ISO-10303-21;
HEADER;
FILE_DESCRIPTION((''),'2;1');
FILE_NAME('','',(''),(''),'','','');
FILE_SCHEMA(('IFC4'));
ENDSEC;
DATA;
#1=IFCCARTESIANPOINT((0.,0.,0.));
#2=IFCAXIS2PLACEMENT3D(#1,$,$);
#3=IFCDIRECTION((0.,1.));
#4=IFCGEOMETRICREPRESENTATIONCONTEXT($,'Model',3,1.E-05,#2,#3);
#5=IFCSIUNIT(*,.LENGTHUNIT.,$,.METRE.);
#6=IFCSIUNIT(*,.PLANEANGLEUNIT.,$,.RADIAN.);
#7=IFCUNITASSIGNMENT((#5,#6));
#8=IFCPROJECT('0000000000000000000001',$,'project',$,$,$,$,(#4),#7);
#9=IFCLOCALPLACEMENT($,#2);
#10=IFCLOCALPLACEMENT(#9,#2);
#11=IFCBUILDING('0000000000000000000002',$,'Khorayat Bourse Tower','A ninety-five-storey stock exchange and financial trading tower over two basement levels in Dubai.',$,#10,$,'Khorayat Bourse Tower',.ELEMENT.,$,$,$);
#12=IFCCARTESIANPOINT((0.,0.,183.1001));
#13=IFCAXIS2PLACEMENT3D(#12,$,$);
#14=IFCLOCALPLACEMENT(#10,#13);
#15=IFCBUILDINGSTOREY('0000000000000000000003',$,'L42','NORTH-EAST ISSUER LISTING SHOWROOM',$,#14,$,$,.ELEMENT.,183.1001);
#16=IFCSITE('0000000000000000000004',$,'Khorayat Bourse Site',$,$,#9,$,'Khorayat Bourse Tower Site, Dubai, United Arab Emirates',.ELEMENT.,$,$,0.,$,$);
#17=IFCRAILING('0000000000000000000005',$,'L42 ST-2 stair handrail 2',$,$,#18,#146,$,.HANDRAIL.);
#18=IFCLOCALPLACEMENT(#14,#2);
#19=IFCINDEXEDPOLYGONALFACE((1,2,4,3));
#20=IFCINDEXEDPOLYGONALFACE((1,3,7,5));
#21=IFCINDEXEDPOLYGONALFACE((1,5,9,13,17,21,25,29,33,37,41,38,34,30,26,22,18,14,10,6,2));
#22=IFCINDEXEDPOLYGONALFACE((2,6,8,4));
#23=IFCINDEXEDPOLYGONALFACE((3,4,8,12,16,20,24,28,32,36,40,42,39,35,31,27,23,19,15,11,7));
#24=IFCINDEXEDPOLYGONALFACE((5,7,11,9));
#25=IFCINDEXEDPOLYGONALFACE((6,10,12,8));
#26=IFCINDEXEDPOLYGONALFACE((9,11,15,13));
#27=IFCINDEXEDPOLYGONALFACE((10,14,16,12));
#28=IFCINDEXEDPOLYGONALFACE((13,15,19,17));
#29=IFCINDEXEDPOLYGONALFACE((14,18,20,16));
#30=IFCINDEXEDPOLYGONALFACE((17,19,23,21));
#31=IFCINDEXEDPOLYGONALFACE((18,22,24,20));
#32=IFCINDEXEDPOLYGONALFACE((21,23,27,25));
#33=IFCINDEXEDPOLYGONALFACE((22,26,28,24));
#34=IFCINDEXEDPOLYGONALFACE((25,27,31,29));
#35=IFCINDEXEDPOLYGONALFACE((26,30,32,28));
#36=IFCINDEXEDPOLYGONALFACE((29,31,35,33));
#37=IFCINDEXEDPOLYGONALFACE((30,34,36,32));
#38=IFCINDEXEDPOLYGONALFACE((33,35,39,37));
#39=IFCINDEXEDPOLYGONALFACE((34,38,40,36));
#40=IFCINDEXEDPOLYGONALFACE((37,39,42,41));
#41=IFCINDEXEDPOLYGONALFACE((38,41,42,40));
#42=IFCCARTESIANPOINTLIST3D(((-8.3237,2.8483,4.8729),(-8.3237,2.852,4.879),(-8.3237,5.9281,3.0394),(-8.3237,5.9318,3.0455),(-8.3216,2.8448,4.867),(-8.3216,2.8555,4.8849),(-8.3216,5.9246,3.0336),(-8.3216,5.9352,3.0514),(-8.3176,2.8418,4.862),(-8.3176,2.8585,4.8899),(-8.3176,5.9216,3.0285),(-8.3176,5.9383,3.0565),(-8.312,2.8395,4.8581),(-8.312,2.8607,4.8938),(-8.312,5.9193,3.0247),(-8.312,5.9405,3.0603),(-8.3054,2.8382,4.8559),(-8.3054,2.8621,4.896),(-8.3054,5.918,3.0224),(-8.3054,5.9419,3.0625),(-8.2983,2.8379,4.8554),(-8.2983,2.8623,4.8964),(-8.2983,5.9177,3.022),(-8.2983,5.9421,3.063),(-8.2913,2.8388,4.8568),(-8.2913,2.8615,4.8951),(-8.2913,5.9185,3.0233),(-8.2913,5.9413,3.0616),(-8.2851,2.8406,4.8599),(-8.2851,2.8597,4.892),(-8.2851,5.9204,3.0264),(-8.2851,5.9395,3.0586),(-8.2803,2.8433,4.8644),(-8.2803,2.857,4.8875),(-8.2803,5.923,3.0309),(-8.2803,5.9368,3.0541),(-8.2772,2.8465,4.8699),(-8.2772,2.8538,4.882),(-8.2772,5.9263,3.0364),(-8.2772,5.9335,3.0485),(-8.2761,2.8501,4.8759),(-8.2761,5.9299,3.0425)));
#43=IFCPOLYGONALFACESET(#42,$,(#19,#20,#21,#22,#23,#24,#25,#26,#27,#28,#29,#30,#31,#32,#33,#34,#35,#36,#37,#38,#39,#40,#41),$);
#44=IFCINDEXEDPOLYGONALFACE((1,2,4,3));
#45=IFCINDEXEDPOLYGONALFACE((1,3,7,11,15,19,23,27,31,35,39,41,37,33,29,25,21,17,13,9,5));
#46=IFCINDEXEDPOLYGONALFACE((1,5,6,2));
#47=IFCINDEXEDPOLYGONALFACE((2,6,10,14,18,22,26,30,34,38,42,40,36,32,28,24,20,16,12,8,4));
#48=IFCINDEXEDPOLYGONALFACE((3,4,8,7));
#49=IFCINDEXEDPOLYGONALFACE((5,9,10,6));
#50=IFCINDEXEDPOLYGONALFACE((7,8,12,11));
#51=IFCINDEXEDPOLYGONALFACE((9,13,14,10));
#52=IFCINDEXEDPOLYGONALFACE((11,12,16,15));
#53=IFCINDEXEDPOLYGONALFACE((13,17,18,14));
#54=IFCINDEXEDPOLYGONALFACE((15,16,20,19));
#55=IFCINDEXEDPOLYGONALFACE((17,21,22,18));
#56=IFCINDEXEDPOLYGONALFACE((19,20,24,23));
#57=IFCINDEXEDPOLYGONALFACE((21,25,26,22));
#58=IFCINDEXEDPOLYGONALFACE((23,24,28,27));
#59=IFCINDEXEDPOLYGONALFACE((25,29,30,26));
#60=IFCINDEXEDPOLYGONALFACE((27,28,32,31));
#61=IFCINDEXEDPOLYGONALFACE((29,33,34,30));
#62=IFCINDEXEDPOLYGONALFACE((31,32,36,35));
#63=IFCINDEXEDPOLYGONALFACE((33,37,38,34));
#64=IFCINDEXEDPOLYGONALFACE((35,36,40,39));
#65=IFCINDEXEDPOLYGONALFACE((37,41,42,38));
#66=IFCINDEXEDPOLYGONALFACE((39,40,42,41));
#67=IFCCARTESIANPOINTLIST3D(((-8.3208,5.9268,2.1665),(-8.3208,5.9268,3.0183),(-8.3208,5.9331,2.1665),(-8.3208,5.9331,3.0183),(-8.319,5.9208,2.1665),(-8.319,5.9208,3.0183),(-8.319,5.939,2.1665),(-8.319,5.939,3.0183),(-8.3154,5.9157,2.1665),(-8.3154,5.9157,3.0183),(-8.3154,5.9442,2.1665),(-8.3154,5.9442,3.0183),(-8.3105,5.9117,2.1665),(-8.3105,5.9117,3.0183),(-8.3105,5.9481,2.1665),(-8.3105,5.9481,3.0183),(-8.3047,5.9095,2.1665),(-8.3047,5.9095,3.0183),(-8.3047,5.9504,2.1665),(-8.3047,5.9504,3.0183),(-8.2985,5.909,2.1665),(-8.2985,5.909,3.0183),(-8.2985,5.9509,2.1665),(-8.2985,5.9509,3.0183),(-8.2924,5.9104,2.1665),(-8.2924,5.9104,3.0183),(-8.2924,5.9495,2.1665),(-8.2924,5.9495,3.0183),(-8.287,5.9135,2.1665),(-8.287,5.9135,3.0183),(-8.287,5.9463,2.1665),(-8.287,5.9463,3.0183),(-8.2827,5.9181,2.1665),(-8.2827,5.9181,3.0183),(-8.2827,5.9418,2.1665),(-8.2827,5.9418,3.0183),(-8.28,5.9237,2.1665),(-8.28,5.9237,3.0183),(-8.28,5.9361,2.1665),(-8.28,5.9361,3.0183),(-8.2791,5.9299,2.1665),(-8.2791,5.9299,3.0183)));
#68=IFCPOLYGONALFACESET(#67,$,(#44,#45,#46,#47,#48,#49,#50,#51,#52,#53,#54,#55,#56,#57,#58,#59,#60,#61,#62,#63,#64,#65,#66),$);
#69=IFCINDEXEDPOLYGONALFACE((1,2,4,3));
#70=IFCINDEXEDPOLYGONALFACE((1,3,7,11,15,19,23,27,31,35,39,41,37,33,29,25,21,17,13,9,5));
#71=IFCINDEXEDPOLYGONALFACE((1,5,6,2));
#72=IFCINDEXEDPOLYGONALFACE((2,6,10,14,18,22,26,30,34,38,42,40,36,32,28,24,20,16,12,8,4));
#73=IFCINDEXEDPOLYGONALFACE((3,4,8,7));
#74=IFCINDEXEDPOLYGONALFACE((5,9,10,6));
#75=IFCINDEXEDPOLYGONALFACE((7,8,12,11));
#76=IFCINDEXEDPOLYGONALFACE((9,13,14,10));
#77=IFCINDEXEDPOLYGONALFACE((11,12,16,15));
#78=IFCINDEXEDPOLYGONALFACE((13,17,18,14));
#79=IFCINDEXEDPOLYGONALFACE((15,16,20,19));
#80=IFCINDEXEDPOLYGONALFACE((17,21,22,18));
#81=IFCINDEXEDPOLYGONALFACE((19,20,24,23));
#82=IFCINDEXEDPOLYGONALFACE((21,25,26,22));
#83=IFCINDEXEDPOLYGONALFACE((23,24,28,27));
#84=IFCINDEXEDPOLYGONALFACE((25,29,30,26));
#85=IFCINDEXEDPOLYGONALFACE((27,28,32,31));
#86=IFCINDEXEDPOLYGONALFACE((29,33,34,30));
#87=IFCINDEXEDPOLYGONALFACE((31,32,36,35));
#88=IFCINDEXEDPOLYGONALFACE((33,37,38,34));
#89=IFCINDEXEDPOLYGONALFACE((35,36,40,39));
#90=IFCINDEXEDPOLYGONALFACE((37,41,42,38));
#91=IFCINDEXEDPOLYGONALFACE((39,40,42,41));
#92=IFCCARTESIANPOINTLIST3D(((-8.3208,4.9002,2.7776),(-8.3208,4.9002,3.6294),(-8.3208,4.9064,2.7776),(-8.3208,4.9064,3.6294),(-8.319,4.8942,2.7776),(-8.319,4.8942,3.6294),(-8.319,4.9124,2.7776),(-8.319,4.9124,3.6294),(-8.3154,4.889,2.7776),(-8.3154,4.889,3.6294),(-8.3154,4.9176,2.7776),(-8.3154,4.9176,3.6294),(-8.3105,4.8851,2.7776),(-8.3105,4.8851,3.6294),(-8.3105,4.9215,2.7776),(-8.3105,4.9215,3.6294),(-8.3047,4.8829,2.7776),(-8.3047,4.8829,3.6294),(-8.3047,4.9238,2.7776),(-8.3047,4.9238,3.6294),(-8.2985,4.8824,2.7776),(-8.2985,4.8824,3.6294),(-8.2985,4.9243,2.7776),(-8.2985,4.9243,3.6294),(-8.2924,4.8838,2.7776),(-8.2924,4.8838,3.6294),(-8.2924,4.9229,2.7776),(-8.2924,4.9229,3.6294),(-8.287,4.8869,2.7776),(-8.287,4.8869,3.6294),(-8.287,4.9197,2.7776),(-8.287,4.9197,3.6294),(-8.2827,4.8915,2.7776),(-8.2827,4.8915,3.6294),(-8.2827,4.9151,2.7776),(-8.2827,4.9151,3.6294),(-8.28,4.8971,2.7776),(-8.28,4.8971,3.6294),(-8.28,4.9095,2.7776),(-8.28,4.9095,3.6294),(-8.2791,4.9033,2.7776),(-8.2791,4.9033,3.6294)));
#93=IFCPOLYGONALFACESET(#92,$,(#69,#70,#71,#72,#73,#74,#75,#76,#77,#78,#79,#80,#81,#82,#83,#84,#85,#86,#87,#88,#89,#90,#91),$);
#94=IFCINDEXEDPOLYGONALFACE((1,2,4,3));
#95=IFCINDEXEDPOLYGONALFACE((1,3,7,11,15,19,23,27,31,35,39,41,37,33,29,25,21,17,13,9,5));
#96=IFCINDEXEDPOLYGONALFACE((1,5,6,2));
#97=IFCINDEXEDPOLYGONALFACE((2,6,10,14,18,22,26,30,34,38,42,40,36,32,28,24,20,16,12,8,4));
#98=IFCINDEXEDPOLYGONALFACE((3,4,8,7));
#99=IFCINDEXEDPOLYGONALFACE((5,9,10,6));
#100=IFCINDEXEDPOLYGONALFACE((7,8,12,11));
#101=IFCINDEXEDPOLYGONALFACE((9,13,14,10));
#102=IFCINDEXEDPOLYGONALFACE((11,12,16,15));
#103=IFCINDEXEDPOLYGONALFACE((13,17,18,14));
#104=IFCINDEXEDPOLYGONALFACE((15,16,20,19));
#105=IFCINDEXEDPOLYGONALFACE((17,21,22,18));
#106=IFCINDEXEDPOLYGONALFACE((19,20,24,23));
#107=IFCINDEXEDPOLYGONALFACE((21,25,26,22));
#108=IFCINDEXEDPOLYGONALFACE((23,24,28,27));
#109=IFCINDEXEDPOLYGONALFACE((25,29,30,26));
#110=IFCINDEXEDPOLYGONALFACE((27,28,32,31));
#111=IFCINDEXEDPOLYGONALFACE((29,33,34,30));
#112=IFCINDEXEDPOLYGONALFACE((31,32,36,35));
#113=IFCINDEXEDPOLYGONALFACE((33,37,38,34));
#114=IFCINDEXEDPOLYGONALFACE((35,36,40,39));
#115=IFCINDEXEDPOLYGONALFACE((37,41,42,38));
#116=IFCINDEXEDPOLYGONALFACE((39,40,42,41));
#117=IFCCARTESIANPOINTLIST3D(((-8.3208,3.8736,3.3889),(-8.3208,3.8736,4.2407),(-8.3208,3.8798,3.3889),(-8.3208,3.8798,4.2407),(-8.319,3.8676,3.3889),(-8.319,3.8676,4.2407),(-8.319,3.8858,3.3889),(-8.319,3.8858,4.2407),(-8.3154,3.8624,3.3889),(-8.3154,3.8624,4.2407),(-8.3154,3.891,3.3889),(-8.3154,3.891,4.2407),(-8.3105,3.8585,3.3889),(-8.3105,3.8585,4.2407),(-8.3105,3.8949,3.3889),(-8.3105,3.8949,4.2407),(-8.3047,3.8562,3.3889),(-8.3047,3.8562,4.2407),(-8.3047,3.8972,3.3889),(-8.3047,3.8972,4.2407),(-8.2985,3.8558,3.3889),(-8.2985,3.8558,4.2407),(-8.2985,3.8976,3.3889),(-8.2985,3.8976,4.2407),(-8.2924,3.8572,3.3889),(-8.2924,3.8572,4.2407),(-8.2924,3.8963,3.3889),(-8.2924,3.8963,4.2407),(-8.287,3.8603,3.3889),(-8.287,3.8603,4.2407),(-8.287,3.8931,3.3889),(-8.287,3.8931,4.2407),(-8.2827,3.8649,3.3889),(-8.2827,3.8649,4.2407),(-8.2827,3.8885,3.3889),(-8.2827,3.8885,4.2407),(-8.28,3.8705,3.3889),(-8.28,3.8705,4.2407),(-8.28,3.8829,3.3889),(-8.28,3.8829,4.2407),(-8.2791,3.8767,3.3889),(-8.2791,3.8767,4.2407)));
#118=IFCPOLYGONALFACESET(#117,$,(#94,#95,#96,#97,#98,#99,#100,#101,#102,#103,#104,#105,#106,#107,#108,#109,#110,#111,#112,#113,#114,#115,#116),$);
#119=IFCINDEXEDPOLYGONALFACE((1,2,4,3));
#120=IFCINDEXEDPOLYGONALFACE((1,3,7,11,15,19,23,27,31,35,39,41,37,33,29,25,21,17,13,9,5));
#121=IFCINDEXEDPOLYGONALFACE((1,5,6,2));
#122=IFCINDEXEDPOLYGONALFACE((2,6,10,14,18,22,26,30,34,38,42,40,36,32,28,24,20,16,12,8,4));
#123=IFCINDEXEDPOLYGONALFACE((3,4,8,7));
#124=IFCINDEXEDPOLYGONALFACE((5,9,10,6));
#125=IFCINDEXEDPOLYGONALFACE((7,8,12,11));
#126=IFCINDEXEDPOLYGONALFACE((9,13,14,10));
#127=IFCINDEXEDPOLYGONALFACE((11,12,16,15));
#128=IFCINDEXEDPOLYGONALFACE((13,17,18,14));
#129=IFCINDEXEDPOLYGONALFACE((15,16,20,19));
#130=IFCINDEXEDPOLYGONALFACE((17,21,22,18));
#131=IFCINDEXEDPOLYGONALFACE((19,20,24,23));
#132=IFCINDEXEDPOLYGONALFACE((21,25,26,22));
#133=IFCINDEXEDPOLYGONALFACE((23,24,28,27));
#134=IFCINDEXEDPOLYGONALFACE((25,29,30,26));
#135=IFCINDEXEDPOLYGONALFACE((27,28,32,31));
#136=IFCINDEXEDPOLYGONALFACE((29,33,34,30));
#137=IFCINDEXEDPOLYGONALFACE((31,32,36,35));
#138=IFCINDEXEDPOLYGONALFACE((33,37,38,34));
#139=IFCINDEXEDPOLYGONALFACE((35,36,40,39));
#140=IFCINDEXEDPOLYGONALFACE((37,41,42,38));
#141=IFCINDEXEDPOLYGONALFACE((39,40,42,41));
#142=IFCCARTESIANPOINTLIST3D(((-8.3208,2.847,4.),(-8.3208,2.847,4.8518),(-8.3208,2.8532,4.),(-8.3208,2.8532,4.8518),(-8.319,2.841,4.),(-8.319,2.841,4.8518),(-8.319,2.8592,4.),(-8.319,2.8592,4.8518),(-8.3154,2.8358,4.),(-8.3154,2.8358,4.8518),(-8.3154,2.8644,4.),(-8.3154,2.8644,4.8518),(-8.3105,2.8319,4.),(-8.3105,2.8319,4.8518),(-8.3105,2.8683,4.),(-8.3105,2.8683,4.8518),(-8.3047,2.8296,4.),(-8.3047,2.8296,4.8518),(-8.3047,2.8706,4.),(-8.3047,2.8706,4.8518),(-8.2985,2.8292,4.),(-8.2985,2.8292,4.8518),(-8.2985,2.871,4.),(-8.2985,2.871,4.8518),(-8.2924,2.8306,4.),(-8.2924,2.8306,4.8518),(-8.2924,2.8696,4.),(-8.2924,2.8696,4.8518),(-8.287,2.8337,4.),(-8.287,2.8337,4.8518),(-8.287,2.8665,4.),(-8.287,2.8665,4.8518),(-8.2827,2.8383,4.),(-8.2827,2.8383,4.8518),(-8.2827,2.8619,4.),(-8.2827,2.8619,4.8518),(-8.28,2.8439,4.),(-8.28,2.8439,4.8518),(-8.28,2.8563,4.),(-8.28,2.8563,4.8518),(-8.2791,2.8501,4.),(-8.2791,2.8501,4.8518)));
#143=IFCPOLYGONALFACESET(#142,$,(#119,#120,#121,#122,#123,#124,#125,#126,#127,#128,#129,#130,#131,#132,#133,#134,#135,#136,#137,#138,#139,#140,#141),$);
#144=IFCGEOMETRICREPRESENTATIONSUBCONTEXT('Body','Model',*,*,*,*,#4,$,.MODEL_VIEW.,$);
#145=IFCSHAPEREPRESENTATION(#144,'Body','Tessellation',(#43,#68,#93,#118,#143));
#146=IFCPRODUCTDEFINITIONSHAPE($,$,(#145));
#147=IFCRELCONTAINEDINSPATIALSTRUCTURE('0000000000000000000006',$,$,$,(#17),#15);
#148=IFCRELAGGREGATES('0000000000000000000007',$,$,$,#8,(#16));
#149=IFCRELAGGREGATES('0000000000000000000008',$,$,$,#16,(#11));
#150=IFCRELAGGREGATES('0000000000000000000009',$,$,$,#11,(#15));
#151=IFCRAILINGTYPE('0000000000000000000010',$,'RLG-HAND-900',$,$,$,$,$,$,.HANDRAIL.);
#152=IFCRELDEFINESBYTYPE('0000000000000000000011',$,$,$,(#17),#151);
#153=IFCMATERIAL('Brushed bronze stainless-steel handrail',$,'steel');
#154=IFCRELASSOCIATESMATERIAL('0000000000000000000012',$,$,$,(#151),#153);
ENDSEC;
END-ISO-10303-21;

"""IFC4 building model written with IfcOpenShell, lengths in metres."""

from ifc_helpers import new_model, si_unit, direction, frame, origin, origin_2d, place, context, subcontext, project, spatial, circle, extrude, source, transform, mapped, material, type_object, element, save


model = new_model("IFC4")

# Units and contexts
model_context = context("Model", 3, precision=1e-05, world=origin(), true_north=direction((0.0, 1.0)))
body_context = subcontext(model_context, "Body", "Model", "MODEL_VIEW")
ifc_project = project(units=[si_unit("LENGTHUNIT", "METRE"), si_unit("PLANEANGLEUNIT", "RADIAN")], contexts=[model_context])

# Site, building, storey
site_placement = place(None, origin())
site = spatial("IfcSite", under=ifc_project, at=site_placement, Name="Khorayat Bourse Site", LongName="Khorayat Bourse Tower Site, Dubai, United Arab Emirates", CompositionType="ELEMENT", RefElevation=0.0)
building_placement = place(site_placement, origin())
building = spatial("IfcBuilding", under=site, at=building_placement, Name="Khorayat Bourse Tower", Description="A ninety-five-storey stock exchange and financial trading tower over two basement levels in Dubai.", LongName="Khorayat Bourse Tower", CompositionType="ELEMENT")
storey_placement = place(building_placement, frame((0.0, 0.0, 183.1001)))
storey = spatial("IfcBuildingStorey", under=building, at=storey_placement, Name="L42", Description="NORTH-EAST ISSUER LISTING SHOWROOM", CompositionType="ELEMENT", Elevation=183.1001)

# Railing
ifc_material_1 = material(Name="Brushed bronze stainless-steel handrail", Category="steel")
railing_type_1 = type_object("IfcRailingType", Name="RLG-HAND-900", PredefinedType="HANDRAIL", material=ifc_material_1)
shared_shape_1 = source(origin(), body_context, "Body", "SweptSolid", [
    extrude(circle(Radius=0.0239, at=origin_2d()), frame((0.0, 0.0, 0.876), z_axis=(0.0, -0.859261, 0.511538), x_axis=(1.0, 0.0, 0.0)), (0.0, 0.0, 1.0), 3.5842),
    extrude(circle(Radius=0.021, at=origin_2d()), origin(), (0.0, 0.0, 1.0), 0.8518),
    extrude(circle(Radius=0.021, at=origin_2d()), frame((0.0, -1.0266, 0.6111)), (0.0, 0.0, 1.0), 0.8518),
    extrude(circle(Radius=0.021, at=origin_2d()), frame((0.0, -2.0532, 1.2224)), (0.0, 0.0, 1.0), 0.8518),
    extrude(circle(Radius=0.021, at=origin_2d()), frame((0.0, -3.0798, 1.8335)), (0.0, 0.0, 1.0), 0.8518),
])
railing_1_placement = place(storey_placement, frame((-8.3, 5.9299, 2.1665)))
element("IfcRailing", 1, at=railing_1_placement, inside=storey, type_object=railing_type_1, Name="L42 ST-2 stair handrail 2", PredefinedType="HANDRAIL", context=body_context, shape_type="MappedRepresentation", body=[
    mapped(shared_shape_1, transform((0.0, 0.0, 0.0), scale=1.0)),
])

save(model, "model.ifc")
